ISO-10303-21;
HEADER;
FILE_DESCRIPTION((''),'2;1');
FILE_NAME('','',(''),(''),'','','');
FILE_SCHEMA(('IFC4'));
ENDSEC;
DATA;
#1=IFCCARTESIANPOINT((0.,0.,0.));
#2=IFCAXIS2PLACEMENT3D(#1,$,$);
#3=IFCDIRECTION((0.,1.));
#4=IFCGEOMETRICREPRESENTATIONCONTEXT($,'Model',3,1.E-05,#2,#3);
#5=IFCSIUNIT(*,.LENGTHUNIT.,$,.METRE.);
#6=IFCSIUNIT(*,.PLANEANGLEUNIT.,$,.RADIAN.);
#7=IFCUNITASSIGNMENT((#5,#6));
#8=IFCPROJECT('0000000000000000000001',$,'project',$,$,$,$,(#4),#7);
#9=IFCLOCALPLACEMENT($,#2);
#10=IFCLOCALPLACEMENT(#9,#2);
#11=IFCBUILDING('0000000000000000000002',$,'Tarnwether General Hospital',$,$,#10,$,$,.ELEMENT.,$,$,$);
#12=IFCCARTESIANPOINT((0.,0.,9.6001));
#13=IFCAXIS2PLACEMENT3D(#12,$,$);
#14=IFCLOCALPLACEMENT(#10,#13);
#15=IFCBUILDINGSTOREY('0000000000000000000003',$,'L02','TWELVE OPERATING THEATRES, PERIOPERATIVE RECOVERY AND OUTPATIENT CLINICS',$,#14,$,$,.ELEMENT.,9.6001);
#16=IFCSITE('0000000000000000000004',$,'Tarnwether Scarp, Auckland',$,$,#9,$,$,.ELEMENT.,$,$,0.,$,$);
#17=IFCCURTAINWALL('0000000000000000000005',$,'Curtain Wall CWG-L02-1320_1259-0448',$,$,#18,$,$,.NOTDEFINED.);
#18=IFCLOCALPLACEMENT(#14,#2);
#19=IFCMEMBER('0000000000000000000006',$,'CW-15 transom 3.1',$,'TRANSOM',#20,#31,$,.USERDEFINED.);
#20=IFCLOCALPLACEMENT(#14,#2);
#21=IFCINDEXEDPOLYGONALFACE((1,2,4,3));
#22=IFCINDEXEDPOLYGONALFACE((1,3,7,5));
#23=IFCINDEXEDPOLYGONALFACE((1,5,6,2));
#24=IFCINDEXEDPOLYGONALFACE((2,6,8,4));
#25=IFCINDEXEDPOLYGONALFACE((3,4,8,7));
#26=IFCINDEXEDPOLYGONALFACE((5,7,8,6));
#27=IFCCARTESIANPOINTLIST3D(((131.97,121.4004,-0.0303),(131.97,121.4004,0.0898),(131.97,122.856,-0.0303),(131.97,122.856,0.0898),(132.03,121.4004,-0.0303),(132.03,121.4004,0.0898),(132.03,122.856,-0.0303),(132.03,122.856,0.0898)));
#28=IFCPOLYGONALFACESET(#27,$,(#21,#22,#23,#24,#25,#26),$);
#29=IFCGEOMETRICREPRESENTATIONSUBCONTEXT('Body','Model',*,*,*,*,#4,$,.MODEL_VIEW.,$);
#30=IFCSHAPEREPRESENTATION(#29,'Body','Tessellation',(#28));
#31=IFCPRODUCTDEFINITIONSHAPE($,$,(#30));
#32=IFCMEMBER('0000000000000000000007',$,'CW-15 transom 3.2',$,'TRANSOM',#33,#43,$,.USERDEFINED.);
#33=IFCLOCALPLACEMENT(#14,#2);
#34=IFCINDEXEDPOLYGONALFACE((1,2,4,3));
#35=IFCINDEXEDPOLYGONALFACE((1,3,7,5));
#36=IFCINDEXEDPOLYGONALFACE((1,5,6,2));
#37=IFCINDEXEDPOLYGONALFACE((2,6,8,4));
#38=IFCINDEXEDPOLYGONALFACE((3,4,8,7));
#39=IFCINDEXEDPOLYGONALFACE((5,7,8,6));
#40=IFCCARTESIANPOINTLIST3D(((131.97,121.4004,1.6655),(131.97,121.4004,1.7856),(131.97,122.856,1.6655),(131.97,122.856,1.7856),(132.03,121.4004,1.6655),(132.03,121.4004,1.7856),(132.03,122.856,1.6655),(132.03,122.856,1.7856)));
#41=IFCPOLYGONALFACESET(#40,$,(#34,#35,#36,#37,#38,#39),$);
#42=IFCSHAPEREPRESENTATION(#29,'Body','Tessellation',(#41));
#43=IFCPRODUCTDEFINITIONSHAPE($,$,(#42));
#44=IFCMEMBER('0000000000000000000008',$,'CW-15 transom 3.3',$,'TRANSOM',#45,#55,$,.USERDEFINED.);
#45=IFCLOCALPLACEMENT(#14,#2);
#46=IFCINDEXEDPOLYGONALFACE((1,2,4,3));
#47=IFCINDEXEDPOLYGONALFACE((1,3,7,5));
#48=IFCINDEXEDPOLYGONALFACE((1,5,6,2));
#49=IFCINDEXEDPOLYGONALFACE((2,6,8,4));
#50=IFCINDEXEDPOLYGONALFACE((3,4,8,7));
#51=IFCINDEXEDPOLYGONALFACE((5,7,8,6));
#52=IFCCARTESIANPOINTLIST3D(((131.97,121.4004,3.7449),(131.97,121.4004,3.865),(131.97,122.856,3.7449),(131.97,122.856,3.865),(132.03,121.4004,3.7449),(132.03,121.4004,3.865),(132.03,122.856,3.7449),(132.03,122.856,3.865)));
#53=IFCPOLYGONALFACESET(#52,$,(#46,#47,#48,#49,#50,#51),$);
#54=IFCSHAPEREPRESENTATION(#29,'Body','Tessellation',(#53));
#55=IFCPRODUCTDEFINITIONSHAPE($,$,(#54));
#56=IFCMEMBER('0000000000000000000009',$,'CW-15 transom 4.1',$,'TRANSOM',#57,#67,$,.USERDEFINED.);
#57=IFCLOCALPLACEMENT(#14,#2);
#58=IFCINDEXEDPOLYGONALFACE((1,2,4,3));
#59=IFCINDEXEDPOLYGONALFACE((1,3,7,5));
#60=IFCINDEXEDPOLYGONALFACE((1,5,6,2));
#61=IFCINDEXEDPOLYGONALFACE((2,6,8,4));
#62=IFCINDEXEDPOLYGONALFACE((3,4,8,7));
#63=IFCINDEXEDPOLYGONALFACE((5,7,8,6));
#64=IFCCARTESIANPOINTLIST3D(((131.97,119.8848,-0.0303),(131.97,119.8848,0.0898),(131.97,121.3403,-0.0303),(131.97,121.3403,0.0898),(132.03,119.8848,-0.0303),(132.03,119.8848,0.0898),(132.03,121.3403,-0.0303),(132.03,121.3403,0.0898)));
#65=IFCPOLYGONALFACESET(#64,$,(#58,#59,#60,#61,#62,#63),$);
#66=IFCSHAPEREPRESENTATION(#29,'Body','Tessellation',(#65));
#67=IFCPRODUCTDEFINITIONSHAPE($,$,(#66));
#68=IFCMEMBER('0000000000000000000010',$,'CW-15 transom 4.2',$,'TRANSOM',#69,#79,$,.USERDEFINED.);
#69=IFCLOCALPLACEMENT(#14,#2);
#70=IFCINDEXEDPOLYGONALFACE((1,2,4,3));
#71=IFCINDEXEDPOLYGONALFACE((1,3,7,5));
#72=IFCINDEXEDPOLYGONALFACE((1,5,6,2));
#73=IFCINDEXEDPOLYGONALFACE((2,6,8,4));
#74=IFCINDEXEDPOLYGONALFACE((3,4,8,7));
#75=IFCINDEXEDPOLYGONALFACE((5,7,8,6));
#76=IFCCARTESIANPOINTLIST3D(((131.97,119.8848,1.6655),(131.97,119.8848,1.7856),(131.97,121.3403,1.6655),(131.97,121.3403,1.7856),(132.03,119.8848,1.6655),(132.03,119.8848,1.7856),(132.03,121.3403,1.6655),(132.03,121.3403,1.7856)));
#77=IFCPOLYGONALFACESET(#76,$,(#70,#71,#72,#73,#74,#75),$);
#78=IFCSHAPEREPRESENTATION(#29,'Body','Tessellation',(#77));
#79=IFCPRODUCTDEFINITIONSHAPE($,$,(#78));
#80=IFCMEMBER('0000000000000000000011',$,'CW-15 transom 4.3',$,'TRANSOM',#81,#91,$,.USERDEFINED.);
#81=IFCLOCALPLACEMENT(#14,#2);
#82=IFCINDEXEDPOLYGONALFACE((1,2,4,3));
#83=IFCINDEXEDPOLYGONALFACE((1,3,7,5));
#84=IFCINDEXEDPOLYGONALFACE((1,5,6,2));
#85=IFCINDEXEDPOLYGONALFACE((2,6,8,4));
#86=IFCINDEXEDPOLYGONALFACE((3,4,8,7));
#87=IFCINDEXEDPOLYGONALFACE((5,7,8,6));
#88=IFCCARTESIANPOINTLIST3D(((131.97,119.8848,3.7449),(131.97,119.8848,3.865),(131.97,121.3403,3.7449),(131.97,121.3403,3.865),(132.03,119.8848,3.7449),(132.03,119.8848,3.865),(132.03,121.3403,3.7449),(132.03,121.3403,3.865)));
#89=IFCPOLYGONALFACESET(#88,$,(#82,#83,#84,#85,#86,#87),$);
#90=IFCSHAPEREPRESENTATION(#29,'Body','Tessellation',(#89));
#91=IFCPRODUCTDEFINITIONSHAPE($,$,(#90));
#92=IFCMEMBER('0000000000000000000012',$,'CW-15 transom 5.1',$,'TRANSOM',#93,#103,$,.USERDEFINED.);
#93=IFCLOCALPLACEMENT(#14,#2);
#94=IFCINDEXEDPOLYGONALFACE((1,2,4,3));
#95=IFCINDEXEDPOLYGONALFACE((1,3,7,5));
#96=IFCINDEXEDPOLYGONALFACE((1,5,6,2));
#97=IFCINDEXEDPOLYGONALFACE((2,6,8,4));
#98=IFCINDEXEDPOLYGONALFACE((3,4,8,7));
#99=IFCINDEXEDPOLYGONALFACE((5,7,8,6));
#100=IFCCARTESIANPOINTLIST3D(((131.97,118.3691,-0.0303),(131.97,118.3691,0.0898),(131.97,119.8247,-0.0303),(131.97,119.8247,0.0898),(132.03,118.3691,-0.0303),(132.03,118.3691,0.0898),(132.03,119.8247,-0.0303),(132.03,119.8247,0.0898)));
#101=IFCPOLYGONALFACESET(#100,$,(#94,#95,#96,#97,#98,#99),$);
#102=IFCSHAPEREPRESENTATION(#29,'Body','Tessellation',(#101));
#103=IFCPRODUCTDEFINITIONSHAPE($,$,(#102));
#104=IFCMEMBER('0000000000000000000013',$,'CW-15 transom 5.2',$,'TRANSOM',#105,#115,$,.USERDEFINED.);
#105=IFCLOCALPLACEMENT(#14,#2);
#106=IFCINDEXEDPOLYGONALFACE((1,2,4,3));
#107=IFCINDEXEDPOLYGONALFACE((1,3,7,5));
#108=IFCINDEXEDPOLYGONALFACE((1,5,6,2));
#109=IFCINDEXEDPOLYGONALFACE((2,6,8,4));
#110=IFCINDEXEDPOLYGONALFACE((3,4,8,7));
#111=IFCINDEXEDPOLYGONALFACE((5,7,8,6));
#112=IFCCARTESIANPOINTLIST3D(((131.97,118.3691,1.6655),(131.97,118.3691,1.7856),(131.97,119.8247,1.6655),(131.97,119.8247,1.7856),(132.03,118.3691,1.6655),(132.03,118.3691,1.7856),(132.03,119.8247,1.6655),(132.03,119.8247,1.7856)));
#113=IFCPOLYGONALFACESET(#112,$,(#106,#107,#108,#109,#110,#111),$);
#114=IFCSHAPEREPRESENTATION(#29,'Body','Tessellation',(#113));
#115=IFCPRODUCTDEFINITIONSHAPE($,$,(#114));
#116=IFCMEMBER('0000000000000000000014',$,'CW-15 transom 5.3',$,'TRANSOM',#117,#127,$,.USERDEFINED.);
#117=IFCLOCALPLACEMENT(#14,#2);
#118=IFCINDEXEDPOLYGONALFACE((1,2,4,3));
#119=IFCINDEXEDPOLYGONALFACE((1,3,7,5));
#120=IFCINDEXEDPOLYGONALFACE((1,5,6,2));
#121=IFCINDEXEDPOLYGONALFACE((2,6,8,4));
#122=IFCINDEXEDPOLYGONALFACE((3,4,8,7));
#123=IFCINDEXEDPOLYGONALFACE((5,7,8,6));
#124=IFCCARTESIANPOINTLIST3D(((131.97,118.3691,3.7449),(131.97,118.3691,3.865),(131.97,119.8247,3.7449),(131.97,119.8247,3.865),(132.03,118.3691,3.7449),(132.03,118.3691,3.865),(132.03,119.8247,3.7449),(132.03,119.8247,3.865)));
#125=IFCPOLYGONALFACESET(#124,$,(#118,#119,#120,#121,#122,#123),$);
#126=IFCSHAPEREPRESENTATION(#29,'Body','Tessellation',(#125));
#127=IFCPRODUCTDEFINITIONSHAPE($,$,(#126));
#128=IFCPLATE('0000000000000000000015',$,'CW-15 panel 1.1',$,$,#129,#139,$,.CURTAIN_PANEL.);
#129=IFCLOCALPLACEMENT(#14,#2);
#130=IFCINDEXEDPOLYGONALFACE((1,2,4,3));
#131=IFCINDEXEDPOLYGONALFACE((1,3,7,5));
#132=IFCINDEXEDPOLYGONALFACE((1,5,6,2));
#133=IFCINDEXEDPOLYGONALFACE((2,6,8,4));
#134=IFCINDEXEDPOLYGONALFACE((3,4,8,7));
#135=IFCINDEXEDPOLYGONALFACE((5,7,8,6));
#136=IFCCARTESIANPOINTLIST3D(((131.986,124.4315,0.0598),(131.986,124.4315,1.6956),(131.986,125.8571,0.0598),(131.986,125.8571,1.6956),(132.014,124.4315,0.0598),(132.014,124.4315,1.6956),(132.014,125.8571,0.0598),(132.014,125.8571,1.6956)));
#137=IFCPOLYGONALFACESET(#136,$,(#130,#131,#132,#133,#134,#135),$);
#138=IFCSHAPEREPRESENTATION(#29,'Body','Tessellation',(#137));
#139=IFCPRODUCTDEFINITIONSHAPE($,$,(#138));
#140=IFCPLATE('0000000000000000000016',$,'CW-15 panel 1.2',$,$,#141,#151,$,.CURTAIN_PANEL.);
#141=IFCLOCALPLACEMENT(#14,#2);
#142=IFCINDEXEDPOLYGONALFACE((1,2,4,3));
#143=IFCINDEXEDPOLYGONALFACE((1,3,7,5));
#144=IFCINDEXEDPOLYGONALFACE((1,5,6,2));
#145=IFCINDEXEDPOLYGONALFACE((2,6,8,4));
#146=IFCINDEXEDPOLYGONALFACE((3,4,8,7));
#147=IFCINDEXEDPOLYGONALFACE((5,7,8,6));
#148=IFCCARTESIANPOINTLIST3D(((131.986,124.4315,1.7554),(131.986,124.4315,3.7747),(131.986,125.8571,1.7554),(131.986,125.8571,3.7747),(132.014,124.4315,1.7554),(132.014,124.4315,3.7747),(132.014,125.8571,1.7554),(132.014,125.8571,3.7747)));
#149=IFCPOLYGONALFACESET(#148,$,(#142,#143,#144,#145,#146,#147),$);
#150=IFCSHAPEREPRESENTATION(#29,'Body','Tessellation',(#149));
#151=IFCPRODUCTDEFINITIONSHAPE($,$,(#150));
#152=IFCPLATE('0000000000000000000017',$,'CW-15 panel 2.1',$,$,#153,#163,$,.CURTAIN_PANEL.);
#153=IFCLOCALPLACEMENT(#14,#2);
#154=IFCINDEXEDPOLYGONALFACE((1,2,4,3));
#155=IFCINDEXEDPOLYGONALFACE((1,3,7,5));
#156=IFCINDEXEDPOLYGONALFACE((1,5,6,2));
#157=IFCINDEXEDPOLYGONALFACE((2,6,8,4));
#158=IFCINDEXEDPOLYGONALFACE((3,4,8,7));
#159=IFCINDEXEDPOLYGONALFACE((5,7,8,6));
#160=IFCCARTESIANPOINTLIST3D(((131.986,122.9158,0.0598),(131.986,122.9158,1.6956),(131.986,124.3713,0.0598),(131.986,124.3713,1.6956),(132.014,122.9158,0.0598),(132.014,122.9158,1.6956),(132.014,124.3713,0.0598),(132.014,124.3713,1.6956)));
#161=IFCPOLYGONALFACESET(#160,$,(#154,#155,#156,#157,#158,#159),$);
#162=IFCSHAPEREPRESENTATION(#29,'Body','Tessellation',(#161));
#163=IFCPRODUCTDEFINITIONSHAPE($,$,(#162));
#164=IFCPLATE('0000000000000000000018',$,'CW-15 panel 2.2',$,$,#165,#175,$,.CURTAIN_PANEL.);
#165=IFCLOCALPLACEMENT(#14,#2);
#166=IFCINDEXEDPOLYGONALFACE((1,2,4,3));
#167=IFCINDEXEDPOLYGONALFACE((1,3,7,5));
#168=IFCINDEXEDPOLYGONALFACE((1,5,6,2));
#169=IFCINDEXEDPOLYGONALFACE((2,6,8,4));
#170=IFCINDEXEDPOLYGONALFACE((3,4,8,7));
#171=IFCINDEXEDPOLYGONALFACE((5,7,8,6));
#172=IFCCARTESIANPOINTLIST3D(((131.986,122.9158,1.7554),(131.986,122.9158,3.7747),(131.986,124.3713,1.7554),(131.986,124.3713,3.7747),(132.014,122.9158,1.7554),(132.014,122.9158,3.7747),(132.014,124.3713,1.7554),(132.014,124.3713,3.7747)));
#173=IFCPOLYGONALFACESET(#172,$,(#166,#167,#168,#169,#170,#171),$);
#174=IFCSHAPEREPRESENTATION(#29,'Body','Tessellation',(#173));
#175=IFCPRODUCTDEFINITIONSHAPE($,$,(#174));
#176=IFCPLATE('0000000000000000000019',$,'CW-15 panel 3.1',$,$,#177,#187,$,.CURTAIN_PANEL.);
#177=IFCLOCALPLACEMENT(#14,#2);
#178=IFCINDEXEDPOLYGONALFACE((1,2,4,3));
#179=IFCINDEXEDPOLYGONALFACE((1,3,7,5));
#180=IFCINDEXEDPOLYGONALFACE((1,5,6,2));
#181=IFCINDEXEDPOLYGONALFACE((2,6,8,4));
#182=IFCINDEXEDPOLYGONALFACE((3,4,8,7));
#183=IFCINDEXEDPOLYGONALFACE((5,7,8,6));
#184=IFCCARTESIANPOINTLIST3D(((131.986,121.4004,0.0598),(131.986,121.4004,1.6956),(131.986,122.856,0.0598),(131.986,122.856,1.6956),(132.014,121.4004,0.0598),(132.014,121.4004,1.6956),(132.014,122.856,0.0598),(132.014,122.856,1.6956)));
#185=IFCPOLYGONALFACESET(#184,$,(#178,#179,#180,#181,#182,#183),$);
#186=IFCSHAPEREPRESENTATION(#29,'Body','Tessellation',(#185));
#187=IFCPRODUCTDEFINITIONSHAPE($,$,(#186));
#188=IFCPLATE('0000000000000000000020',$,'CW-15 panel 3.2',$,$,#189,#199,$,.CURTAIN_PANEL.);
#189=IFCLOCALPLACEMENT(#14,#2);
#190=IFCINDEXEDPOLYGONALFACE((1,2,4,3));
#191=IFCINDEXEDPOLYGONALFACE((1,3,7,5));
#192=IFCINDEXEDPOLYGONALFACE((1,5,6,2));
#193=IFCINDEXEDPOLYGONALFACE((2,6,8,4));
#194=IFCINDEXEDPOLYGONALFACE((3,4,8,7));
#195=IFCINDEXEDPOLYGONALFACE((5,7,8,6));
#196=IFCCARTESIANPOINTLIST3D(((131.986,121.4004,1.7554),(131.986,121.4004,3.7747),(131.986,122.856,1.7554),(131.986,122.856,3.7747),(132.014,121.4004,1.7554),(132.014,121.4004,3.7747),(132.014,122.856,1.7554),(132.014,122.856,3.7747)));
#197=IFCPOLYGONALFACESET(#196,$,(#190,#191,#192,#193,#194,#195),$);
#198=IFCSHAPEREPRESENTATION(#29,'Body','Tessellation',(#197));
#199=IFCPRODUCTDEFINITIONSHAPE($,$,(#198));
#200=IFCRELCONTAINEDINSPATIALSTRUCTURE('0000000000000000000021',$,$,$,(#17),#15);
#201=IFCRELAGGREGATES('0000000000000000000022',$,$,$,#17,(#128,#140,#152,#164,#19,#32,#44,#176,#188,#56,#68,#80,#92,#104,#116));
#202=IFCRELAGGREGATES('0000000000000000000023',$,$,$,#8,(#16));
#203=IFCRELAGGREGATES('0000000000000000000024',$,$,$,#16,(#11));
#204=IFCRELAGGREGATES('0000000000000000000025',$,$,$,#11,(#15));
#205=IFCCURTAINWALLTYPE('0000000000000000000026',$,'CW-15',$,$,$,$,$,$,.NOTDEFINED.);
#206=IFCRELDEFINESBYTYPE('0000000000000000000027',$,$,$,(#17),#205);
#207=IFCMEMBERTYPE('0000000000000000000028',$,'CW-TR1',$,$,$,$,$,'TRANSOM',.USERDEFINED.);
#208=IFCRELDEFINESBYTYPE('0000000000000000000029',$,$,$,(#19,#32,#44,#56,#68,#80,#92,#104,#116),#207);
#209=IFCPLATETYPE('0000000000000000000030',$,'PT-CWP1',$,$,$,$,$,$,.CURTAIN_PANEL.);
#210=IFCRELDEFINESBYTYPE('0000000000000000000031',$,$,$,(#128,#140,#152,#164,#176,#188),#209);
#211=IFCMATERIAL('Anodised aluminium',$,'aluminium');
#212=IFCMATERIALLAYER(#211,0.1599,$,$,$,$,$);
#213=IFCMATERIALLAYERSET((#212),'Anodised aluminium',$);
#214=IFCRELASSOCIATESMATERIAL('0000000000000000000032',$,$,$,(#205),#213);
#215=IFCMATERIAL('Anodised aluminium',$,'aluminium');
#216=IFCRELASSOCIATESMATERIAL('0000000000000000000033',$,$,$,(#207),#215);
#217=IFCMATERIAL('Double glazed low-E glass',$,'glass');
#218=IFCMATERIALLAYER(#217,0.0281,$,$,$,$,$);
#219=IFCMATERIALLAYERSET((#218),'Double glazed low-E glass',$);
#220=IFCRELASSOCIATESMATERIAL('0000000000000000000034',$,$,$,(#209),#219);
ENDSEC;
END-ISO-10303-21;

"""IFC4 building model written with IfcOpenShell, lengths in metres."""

from ifc_helpers import new_model, si_unit, direction, frame, origin, origin_2d, place, context, subcontext, project, spatial, rectangle, extrude, material, layer, layer_set, material_profile, profile_set, type_object, element, aggregate, save


model = new_model("IFC4")

# Units and contexts
model_context = context("Model", 3, precision=1e-05, world=origin(), true_north=direction((0.0, 1.0)))
body_context = subcontext(model_context, "Body", "Model", "MODEL_VIEW")
ifc_project = project(units=[si_unit("LENGTHUNIT", "METRE"), si_unit("PLANEANGLEUNIT", "RADIAN")], contexts=[model_context])

# Site, building, storey
site_placement = place(None, origin())
site = spatial("IfcSite", under=ifc_project, at=site_placement, Name="Tarnwether Scarp, Auckland", CompositionType="ELEMENT", RefElevation=0.0)
building_placement = place(site_placement, origin())
building = spatial("IfcBuilding", under=site, at=building_placement, Name="Tarnwether General Hospital", CompositionType="ELEMENT")
storey_placement = place(building_placement, frame((0.0, 0.0, 9.6001)))
storey = spatial("IfcBuildingStorey", under=building, at=storey_placement, Name="L02", Description="TWELVE OPERATING THEATRES, PERIOPERATIVE RECOVERY AND OUTPATIENT CLINICS", CompositionType="ELEMENT", Elevation=9.6001)

# Curtain wall
ifc_material_1 = material(Name="Anodised aluminium", Category="aluminium")
ifc_layer_1 = layer(ifc_material_1, 0.1599)
ifc_layer_set_1 = layer_set([ifc_layer_1], Name="Anodised aluminium")
curtain_wall_type_1 = type_object("IfcCurtainWallType", Name="CW-15", PredefinedType="NOTDEFINED", material=ifc_layer_set_1)
curtain_wall_1_placement = place(storey_placement, origin())
curtain_wall_1 = element("IfcCurtainWall", 1, at=curtain_wall_1_placement, inside=storey, type_object=curtain_wall_type_1, Name="Curtain Wall CWG-L02-1320_1259-0448", PredefinedType="NOTDEFINED")
ifc_material_2 = material(Name="Anodised aluminium", Category="aluminium")
ifc_material_profile_1 = material_profile(ifc_material_2, rectangle(XDim=0.0601, YDim=0.1201, at=origin_2d()), Name="ALU-TRN-60x120")
ifc_profile_set_1 = profile_set([ifc_material_profile_1], Name="Anodised aluminium")
member_type_1 = type_object("IfcMemberType", Name="CW-TR1", ElementType="TRANSOM", PredefinedType="USERDEFINED", material=ifc_profile_set_1)

# Members
member_1_placement = place(storey_placement, frame((132.0, 122.856, 0.0298), z_axis=(0.0, -1.0, 0.0), x_axis=(1.0, 0.0, 0.0)))
member_1 = element("IfcMember", 2, at=member_1_placement, type_object=member_type_1, Name="CW-15 transom 3.1", ObjectType="TRANSOM", PredefinedType="USERDEFINED", context=body_context, shape_type="SweptSolid", body=[
    extrude(rectangle(XDim=0.0601, YDim=0.1201, at=origin_2d()), origin(), (0.0, 0.0, 1.0), 1.4556),
])
member_2_placement = place(storey_placement, frame((132.0, 122.856, 1.7256), z_axis=(0.0, -1.0, 0.0), x_axis=(1.0, 0.0, 0.0)))
member_2 = element("IfcMember", 3, at=member_2_placement, type_object=member_type_1, Name="CW-15 transom 3.2", ObjectType="TRANSOM", PredefinedType="USERDEFINED", context=body_context, shape_type="SweptSolid", body=[
    extrude(rectangle(XDim=0.0601, YDim=0.1201, at=origin_2d()), origin(), (0.0, 0.0, 1.0), 1.4556),
])
member_3_placement = place(storey_placement, frame((132.0, 122.856, 3.8049), z_axis=(0.0, -1.0, 0.0), x_axis=(1.0, 0.0, 0.0)))
member_3 = element("IfcMember", 4, at=member_3_placement, type_object=member_type_1, Name="CW-15 transom 3.3", ObjectType="TRANSOM", PredefinedType="USERDEFINED", context=body_context, shape_type="SweptSolid", body=[
    extrude(rectangle(XDim=0.0601, YDim=0.1201, at=origin_2d()), origin(), (0.0, 0.0, 1.0), 1.4556),
])
member_4_placement = place(storey_placement, frame((132.0, 121.3403, 0.0298), z_axis=(0.0, -1.0, 0.0), x_axis=(1.0, 0.0, 0.0)))
member_4 = element("IfcMember", 5, at=member_4_placement, type_object=member_type_1, Name="CW-15 transom 4.1", ObjectType="TRANSOM", PredefinedType="USERDEFINED", context=body_context, shape_type="SweptSolid", body=[
    extrude(rectangle(XDim=0.0601, YDim=0.1201, at=origin_2d()), origin(), (0.0, 0.0, 1.0), 1.4556),
])
member_5_placement = place(storey_placement, frame((132.0, 121.3403, 1.7256), z_axis=(0.0, -1.0, 0.0), x_axis=(1.0, 0.0, 0.0)))
member_5 = element("IfcMember", 6, at=member_5_placement, type_object=member_type_1, Name="CW-15 transom 4.2", ObjectType="TRANSOM", PredefinedType="USERDEFINED", context=body_context, shape_type="SweptSolid", body=[
    extrude(rectangle(XDim=0.0601, YDim=0.1201, at=origin_2d()), origin(), (0.0, 0.0, 1.0), 1.4556),
])
member_6_placement = place(storey_placement, frame((132.0, 121.3403, 3.8049), z_axis=(0.0, -1.0, 0.0), x_axis=(1.0, 0.0, 0.0)))
member_6 = element("IfcMember", 7, at=member_6_placement, type_object=member_type_1, Name="CW-15 transom 4.3", ObjectType="TRANSOM", PredefinedType="USERDEFINED", context=body_context, shape_type="SweptSolid", body=[
    extrude(rectangle(XDim=0.0601, YDim=0.1201, at=origin_2d()), origin(), (0.0, 0.0, 1.0), 1.4556),
])
member_7_placement = place(storey_placement, frame((132.0, 119.8247, 0.0298), z_axis=(0.0, -1.0, 0.0), x_axis=(1.0, 0.0, 0.0)))
member_7 = element("IfcMember", 8, at=member_7_placement, type_object=member_type_1, Name="CW-15 transom 5.1", ObjectType="TRANSOM", PredefinedType="USERDEFINED", context=body_context, shape_type="SweptSolid", body=[
    extrude(rectangle(XDim=0.0601, YDim=0.1201, at=origin_2d()), origin(), (0.0, 0.0, 1.0), 1.4556),
])
member_8_placement = place(storey_placement, frame((132.0, 119.8247, 1.7256), z_axis=(0.0, -1.0, 0.0), x_axis=(1.0, 0.0, 0.0)))
member_8 = element("IfcMember", 9, at=member_8_placement, type_object=member_type_1, Name="CW-15 transom 5.2", ObjectType="TRANSOM", PredefinedType="USERDEFINED", context=body_context, shape_type="SweptSolid", body=[
    extrude(rectangle(XDim=0.0601, YDim=0.1201, at=origin_2d()), origin(), (0.0, 0.0, 1.0), 1.4556),
])
member_9_placement = place(storey_placement, frame((132.0, 119.8247, 3.8049), z_axis=(0.0, -1.0, 0.0), x_axis=(1.0, 0.0, 0.0)))
member_9 = element("IfcMember", 10, at=member_9_placement, type_object=member_type_1, Name="CW-15 transom 5.3", ObjectType="TRANSOM", PredefinedType="USERDEFINED", context=body_context, shape_type="SweptSolid", body=[
    extrude(rectangle(XDim=0.0601, YDim=0.1201, at=origin_2d()), origin(), (0.0, 0.0, 1.0), 1.4556),
])

# Plates
ifc_material_3 = material(Name="Double glazed low-E glass", Category="glass")
ifc_layer_2 = layer(ifc_material_3, 0.0281)
ifc_layer_set_2 = layer_set([ifc_layer_2], Name="Double glazed low-E glass")
plate_type = type_object("IfcPlateType", Name="PT-CWP1", PredefinedType="CURTAIN_PANEL", material=ifc_layer_set_2)
plate_1_placement = place(storey_placement, frame((132.0, 125.1443, 0.0598), z_axis=(0.0, 0.0, 1.0), x_axis=(0.0, -1.0, 0.0)))
plate_1 = element("IfcPlate", 11, at=plate_1_placement, type_object=plate_type, Name="CW-15 panel 1.1", PredefinedType="CURTAIN_PANEL", context=body_context, shape_type="SweptSolid", body=[
    extrude(rectangle(XDim=1.4255, YDim=0.0281, at=origin_2d()), origin(), (0.0, 0.0, 1.0), 1.6357),
])
plate_2_placement = place(storey_placement, frame((132.0, 125.1443, 1.7554), z_axis=(0.0, 0.0, 1.0), x_axis=(0.0, -1.0, 0.0)))
plate_2 = element("IfcPlate", 12, at=plate_2_placement, type_object=plate_type, Name="CW-15 panel 1.2", PredefinedType="CURTAIN_PANEL", context=body_context, shape_type="SweptSolid", body=[
    extrude(rectangle(XDim=1.4255, YDim=0.0281, at=origin_2d()), origin(), (0.0, 0.0, 1.0), 2.0193),
])
plate_3_placement = place(storey_placement, frame((132.0, 123.6436, 0.0598), z_axis=(0.0, 0.0, 1.0), x_axis=(0.0, -1.0, 0.0)))
plate_3 = element("IfcPlate", 13, at=plate_3_placement, type_object=plate_type, Name="CW-15 panel 2.1", PredefinedType="CURTAIN_PANEL", context=body_context, shape_type="SweptSolid", body=[
    extrude(rectangle(XDim=1.4556, YDim=0.0281, at=origin_2d()), origin(), (0.0, 0.0, 1.0), 1.6357),
])
plate_4_placement = place(storey_placement, frame((132.0, 123.6436, 1.7554), z_axis=(0.0, 0.0, 1.0), x_axis=(0.0, -1.0, 0.0)))
plate_4 = element("IfcPlate", 14, at=plate_4_placement, type_object=plate_type, Name="CW-15 panel 2.2", PredefinedType="CURTAIN_PANEL", context=body_context, shape_type="SweptSolid", body=[
    extrude(rectangle(XDim=1.4556, YDim=0.0281, at=origin_2d()), origin(), (0.0, 0.0, 1.0), 2.0193),
])
plate_5_placement = place(storey_placement, frame((132.0, 122.1282, 0.0598), z_axis=(0.0, 0.0, 1.0), x_axis=(0.0, -1.0, 0.0)))
plate_5 = element("IfcPlate", 15, at=plate_5_placement, type_object=plate_type, Name="CW-15 panel 3.1", PredefinedType="CURTAIN_PANEL", context=body_context, shape_type="SweptSolid", body=[
    extrude(rectangle(XDim=1.4556, YDim=0.0281, at=origin_2d()), origin(), (0.0, 0.0, 1.0), 1.6357),
])
plate_6_placement = place(storey_placement, frame((132.0, 122.1282, 1.7554), z_axis=(0.0, 0.0, 1.0), x_axis=(0.0, -1.0, 0.0)))
plate_6 = element("IfcPlate", 16, at=plate_6_placement, type_object=plate_type, Name="CW-15 panel 3.2", PredefinedType="CURTAIN_PANEL", context=body_context, shape_type="SweptSolid", body=[
    extrude(rectangle(XDim=1.4556, YDim=0.0281, at=origin_2d()), origin(), (0.0, 0.0, 1.0), 2.0193),
])
aggregate(curtain_wall_1, [plate_1, plate_2, plate_3, plate_4, member_1, member_2, member_3, plate_5, plate_6, member_4, member_5, member_6, member_7, member_8, member_9])

save(model, "model.ifc")
